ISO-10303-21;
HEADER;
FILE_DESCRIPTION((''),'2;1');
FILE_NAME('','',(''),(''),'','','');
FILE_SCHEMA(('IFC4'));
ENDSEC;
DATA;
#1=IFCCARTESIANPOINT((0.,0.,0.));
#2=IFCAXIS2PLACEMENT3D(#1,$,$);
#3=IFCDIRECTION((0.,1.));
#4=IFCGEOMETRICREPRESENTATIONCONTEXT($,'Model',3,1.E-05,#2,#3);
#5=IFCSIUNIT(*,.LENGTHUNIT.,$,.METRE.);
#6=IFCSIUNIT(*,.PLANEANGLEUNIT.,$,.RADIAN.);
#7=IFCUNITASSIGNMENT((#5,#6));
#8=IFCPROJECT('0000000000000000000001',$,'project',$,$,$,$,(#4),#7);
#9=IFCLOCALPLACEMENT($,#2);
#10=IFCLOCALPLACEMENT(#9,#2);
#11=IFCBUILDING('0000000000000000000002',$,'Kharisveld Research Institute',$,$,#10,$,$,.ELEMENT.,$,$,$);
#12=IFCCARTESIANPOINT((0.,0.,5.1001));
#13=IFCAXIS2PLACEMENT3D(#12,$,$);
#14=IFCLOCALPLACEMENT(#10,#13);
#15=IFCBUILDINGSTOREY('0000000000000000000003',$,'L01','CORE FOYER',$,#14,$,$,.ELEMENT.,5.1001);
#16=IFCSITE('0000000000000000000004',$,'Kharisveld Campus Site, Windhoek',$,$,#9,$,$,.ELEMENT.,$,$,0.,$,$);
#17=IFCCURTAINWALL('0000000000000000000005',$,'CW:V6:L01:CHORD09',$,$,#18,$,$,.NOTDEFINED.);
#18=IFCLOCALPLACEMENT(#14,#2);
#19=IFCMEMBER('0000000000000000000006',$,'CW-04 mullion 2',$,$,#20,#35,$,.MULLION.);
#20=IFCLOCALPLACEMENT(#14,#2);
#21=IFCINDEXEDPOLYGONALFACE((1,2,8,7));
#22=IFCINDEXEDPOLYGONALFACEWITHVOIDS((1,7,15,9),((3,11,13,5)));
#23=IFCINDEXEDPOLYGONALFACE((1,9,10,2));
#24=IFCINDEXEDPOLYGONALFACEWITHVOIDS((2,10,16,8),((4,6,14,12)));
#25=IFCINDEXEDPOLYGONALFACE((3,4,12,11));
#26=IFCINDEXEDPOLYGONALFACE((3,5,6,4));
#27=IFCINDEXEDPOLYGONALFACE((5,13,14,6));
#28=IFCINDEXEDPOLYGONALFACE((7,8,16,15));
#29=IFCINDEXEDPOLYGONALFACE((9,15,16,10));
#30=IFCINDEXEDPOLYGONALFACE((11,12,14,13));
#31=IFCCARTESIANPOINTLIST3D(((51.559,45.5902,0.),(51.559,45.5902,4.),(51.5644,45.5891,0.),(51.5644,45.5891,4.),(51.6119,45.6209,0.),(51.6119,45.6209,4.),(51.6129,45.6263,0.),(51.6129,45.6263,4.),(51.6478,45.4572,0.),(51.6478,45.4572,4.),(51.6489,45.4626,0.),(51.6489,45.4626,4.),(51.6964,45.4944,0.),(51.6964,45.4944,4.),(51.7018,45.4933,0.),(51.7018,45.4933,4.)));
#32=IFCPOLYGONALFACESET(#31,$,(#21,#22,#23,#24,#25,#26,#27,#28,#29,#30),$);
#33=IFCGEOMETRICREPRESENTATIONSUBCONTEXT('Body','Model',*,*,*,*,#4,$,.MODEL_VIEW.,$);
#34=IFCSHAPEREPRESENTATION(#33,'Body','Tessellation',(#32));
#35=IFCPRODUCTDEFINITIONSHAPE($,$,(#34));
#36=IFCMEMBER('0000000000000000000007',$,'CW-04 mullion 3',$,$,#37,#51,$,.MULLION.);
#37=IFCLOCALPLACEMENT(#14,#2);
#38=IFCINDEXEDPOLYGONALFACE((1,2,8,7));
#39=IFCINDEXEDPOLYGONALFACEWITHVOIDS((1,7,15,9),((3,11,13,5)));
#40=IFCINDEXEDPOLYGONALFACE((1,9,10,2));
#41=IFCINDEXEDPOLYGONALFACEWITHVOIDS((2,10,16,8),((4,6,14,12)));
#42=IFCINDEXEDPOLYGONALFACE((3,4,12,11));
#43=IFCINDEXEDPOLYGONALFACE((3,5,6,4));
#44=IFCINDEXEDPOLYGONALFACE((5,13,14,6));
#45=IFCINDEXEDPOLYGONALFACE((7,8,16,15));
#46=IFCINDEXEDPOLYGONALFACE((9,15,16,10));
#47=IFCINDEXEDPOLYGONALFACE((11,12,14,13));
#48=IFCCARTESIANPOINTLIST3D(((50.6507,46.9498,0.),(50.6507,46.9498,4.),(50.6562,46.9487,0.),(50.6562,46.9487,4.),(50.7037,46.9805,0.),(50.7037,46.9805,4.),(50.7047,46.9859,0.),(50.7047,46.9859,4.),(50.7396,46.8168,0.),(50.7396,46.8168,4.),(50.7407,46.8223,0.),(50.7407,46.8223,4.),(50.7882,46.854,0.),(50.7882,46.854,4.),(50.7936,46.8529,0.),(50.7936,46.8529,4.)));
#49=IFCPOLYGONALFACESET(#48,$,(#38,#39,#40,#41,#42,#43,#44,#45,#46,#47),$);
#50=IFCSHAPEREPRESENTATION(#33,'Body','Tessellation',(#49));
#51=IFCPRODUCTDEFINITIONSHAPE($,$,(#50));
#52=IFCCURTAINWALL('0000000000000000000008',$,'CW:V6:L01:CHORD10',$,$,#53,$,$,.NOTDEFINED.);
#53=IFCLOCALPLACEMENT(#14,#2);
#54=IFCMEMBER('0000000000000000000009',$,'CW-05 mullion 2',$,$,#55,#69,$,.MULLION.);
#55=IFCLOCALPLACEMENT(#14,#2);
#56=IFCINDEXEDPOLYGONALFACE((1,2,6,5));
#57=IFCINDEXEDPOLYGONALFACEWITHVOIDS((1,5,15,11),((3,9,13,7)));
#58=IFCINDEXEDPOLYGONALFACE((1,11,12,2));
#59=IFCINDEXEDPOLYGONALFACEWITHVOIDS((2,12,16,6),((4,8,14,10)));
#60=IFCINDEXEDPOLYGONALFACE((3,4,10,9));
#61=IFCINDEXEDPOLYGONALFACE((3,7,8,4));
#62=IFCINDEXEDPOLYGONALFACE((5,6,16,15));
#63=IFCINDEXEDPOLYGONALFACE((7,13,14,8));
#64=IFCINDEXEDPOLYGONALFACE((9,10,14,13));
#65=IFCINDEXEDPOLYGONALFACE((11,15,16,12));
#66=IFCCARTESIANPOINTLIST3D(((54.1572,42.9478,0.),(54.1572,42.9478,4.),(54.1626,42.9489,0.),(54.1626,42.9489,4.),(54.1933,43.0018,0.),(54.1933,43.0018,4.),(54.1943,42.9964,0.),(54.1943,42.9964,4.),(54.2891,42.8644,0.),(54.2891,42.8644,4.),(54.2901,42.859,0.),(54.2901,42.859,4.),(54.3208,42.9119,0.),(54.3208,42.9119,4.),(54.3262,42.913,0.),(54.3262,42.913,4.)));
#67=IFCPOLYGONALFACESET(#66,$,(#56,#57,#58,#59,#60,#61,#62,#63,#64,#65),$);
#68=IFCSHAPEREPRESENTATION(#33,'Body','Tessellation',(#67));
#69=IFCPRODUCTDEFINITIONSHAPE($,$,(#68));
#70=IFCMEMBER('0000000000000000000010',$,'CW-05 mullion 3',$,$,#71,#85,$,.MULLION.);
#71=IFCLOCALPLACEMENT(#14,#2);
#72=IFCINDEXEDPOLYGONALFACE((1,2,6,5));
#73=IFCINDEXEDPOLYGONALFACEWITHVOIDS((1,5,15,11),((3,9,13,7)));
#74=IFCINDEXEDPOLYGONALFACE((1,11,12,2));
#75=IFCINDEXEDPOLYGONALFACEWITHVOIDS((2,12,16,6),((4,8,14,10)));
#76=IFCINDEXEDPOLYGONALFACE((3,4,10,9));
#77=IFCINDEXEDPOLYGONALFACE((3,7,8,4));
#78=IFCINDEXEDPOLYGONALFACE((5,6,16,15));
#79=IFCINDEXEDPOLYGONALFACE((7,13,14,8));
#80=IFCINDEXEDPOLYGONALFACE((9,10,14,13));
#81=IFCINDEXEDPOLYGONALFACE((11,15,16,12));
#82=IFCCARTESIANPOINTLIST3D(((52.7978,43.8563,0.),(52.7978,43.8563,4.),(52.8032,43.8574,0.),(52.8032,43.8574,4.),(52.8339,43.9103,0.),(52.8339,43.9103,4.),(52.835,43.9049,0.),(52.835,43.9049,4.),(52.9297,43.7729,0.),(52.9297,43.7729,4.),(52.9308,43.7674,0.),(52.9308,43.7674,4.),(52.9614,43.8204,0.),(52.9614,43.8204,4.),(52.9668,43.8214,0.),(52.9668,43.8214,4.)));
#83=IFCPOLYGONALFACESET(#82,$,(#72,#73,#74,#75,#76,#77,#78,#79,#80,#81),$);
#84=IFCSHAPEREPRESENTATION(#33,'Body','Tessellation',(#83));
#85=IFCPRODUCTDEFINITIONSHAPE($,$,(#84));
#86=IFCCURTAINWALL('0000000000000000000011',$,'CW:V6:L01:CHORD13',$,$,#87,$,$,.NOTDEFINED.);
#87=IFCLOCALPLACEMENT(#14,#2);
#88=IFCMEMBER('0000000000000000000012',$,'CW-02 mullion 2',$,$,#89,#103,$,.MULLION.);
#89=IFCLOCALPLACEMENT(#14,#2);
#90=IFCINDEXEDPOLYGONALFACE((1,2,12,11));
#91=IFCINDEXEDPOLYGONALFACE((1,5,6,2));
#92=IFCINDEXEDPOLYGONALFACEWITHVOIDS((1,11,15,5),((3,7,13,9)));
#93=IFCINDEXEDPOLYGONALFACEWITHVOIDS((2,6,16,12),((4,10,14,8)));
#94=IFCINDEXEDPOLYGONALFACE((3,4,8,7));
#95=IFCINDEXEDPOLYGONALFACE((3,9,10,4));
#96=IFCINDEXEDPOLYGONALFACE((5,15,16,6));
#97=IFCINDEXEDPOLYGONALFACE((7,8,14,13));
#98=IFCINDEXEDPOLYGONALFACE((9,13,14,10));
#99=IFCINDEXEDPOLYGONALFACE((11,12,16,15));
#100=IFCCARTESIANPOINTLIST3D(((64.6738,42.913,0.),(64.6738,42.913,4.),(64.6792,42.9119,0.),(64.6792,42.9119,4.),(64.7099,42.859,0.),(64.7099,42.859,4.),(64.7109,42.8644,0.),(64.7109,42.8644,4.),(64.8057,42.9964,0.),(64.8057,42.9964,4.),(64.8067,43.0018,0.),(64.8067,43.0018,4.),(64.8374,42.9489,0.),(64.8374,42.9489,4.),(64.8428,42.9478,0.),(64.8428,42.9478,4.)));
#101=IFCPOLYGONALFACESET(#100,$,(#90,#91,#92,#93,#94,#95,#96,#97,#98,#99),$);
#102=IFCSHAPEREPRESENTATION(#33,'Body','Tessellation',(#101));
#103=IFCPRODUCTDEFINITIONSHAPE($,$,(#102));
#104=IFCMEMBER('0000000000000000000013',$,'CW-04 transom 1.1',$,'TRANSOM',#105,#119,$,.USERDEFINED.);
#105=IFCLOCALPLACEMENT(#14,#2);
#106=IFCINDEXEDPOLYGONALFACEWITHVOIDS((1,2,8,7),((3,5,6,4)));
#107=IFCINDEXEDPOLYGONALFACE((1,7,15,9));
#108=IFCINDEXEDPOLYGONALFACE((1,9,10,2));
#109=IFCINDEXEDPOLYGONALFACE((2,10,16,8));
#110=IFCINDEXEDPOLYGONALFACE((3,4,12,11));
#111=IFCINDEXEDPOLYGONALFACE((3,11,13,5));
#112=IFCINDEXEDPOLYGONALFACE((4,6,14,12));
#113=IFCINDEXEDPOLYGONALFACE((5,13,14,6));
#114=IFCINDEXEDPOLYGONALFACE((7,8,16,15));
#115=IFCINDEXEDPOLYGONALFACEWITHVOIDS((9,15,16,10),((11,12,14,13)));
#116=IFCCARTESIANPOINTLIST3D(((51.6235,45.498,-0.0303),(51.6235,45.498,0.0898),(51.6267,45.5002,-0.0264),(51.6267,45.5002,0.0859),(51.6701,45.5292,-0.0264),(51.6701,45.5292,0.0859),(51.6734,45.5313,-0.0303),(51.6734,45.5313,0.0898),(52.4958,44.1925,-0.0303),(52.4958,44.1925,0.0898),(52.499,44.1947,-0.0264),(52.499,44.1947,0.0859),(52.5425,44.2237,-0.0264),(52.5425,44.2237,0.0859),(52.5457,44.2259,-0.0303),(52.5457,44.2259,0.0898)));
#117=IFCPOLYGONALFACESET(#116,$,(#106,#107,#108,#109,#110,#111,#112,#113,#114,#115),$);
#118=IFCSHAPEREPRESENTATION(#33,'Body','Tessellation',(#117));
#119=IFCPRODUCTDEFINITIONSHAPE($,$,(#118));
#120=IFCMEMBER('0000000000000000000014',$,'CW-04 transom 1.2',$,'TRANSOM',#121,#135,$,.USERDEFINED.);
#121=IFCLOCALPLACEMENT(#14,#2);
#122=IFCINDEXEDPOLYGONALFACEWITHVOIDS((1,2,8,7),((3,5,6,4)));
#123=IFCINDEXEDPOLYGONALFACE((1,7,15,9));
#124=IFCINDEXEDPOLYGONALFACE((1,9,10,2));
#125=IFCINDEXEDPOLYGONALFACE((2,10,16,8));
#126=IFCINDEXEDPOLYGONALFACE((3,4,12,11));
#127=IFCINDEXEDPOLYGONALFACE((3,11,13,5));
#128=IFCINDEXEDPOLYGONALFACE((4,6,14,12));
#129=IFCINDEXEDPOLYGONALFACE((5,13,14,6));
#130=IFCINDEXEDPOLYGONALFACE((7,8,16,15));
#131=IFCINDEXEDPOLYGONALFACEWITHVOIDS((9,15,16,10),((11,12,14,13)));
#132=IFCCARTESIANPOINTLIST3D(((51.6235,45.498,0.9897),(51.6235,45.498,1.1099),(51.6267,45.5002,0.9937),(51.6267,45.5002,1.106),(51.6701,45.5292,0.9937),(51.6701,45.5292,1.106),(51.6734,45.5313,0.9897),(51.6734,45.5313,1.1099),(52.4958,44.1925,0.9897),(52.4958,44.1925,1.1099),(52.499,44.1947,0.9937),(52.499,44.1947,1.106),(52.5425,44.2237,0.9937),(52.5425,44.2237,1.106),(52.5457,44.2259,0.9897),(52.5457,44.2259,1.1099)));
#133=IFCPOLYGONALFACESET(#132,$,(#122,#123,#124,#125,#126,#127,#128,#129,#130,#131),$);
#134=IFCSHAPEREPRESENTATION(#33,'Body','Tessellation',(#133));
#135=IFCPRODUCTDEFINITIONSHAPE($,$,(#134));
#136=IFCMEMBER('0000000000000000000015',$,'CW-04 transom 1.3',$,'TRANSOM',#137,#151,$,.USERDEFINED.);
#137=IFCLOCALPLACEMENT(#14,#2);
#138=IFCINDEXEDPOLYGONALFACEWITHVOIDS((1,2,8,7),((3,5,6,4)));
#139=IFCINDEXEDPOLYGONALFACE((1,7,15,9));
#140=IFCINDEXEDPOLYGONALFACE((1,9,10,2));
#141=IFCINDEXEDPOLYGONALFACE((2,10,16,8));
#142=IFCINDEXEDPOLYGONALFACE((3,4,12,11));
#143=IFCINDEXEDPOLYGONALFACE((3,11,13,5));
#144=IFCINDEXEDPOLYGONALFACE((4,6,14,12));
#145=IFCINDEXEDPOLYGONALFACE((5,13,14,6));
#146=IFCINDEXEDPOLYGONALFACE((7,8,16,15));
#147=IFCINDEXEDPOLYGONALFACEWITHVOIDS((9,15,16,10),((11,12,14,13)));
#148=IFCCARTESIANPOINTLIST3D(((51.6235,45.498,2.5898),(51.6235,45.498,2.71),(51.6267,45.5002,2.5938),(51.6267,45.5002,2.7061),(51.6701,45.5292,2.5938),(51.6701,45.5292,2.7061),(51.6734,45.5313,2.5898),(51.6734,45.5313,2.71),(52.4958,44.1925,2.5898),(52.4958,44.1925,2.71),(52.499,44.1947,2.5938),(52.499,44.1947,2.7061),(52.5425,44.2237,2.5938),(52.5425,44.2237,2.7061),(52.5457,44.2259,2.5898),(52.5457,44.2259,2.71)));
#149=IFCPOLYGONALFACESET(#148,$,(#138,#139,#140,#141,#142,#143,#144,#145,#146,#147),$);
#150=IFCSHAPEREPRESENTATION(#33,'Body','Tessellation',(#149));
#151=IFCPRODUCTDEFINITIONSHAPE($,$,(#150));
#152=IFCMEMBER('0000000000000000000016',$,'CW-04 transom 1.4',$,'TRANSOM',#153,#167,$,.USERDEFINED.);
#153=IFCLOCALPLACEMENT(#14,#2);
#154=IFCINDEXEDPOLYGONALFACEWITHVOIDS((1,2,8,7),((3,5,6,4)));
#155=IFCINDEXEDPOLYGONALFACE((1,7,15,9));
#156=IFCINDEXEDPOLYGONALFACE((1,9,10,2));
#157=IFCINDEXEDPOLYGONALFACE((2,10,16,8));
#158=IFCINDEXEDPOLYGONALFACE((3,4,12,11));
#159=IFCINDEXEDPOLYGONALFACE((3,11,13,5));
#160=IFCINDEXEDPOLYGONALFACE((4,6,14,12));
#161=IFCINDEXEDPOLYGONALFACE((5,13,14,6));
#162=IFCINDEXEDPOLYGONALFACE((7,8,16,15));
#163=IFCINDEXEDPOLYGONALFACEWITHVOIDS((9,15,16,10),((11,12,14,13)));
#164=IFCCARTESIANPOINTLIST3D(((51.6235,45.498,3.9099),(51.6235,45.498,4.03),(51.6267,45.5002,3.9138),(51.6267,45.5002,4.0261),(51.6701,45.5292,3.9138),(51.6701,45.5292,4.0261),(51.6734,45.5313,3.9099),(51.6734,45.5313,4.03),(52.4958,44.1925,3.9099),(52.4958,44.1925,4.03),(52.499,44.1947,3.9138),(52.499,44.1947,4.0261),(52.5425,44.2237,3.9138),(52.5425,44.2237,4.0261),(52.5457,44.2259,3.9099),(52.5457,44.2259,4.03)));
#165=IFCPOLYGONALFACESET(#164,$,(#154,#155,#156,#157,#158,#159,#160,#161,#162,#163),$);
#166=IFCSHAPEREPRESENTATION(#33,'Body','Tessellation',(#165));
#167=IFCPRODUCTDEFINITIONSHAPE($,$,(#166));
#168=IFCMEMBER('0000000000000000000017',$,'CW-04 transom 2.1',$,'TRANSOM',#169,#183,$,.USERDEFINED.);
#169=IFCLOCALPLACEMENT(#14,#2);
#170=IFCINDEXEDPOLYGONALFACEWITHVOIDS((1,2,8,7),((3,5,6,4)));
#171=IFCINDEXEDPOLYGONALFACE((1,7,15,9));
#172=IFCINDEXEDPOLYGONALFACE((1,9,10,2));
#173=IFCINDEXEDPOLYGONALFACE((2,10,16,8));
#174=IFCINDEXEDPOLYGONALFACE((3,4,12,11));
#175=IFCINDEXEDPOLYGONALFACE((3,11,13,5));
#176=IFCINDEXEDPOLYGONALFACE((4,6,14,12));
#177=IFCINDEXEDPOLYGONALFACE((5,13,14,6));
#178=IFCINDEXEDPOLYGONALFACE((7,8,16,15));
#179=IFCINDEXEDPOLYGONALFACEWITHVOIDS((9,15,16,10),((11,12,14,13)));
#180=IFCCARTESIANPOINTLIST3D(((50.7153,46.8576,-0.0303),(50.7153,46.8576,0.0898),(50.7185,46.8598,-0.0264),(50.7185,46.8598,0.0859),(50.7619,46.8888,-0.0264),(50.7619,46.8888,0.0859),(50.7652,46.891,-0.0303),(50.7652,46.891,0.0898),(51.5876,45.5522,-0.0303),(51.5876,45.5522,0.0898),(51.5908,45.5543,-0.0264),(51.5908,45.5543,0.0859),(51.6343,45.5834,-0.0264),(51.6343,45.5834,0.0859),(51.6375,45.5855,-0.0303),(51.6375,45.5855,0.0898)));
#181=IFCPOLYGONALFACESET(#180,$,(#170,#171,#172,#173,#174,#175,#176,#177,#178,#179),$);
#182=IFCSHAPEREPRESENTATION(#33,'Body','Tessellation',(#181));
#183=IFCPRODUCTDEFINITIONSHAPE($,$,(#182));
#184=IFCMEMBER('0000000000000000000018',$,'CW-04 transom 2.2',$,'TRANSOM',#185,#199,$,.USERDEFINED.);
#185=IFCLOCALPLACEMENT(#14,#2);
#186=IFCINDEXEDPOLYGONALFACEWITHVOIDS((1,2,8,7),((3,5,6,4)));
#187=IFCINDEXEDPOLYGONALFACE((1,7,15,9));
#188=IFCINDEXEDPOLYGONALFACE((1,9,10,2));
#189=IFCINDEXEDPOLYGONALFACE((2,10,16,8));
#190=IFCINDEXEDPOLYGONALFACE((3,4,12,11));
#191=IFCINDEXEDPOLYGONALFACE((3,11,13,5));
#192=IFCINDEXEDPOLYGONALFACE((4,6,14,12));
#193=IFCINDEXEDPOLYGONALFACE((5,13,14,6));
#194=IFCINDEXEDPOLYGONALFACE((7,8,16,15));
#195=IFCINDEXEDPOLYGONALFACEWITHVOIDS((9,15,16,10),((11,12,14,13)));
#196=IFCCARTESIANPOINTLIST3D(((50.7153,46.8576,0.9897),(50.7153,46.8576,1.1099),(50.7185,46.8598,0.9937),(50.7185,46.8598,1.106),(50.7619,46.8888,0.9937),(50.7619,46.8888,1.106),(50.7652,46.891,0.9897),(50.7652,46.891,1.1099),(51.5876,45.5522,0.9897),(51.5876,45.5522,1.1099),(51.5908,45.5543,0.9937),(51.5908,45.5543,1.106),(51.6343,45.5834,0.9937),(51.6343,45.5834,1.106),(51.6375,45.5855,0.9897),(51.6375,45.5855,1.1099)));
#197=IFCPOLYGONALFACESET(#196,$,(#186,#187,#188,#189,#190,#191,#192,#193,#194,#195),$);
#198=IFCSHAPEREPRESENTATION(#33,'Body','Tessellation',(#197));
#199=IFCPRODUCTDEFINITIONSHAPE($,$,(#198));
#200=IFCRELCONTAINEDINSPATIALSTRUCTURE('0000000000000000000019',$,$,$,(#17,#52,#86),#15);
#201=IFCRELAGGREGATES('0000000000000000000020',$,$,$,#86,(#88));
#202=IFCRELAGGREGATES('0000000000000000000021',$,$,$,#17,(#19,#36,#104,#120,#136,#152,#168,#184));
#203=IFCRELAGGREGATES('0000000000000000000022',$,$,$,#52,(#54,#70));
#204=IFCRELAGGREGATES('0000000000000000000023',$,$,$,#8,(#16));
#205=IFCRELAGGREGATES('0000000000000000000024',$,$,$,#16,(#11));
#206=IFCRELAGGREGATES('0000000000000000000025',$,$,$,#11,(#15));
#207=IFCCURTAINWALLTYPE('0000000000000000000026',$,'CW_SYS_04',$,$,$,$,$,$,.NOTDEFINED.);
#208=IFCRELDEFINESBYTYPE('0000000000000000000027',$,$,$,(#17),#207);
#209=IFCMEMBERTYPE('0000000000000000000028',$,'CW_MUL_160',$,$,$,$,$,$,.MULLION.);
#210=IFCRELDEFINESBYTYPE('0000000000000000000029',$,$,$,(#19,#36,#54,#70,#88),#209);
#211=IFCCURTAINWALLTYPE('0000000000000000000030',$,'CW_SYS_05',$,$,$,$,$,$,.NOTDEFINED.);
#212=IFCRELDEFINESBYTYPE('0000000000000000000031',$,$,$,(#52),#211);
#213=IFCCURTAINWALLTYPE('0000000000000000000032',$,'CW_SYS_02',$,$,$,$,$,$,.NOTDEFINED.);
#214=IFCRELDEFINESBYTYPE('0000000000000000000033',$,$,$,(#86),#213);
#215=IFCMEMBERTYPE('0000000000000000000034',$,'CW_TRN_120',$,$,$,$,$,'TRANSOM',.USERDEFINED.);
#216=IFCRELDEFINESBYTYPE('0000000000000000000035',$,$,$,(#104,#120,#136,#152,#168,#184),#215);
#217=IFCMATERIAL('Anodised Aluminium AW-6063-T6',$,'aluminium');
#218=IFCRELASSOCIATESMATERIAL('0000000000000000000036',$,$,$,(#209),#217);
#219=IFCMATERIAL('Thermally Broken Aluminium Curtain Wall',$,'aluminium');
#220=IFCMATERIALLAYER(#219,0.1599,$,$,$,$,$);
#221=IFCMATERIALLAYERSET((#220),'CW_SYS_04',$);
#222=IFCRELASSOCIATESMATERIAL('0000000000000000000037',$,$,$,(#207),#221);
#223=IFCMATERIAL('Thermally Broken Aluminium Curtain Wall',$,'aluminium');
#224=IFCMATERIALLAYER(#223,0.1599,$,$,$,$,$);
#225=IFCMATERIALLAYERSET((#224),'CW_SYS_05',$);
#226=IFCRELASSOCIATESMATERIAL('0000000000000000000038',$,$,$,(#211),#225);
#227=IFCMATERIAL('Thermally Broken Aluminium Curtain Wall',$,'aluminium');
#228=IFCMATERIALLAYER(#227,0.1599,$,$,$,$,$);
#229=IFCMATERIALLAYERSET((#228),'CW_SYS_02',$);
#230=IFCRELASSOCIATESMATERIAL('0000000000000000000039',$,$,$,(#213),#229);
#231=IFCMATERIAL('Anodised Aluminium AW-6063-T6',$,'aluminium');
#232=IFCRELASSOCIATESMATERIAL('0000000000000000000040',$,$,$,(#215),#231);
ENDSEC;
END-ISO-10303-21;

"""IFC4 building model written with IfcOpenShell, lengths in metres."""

from ifc_helpers import new_model, si_unit, direction, frame, origin, origin_2d, place, context, subcontext, project, spatial, hollow_rectangle, extrude, material, layer, layer_set, material_profile, profile_set, type_object, element, aggregate, save


model = new_model("IFC4")

# Units and contexts
model_context = context("Model", 3, precision=1e-05, world=origin(), true_north=direction((0.0, 1.0)))
body_context = subcontext(model_context, "Body", "Model", "MODEL_VIEW")
ifc_project = project(units=[si_unit("LENGTHUNIT", "METRE"), si_unit("PLANEANGLEUNIT", "RADIAN")], contexts=[model_context])

# Site, building, storey
site_placement = place(None, origin())
site = spatial("IfcSite", under=ifc_project, at=site_placement, Name="Kharisveld Campus Site, Windhoek", CompositionType="ELEMENT", RefElevation=0.0)
building_placement = place(site_placement, origin())
building = spatial("IfcBuilding", under=site, at=building_placement, Name="Kharisveld Research Institute", CompositionType="ELEMENT")
storey_placement = place(building_placement, frame((0.0, 0.0, 5.1001)))
storey = spatial("IfcBuildingStorey", under=building, at=storey_placement, Name="L01", Description="CORE FOYER", CompositionType="ELEMENT", Elevation=5.1001)

# Shared definitions
ifc_material_1 = material(Name="Anodised Aluminium AW-6063-T6", Category="aluminium")
ifc_material_profile_1 = material_profile(ifc_material_1, hollow_rectangle(XDim=0.0649, YDim=0.1599, WallThickness=0.0039, at=origin_2d()))
ifc_profile_set_1 = profile_set([ifc_material_profile_1], Name="Anodised Aluminium AW-6063-T6")
member_type_1 = type_object("IfcMemberType", Name="CW_MUL_160", PredefinedType="MULLION", material=ifc_profile_set_1)

# Curtain walls, members
ifc_material_2 = material(Name="Thermally Broken Aluminium Curtain Wall", Category="aluminium")
ifc_layer_1 = layer(ifc_material_2, 0.1599)
ifc_layer_set_1 = layer_set([ifc_layer_1], Name="CW_SYS_04")
curtain_wall_type_1 = type_object("IfcCurtainWallType", Name="CW_SYS_04", PredefinedType="NOTDEFINED", material=ifc_layer_set_1)
curtain_wall_1_placement = place(storey_placement, origin())
curtain_wall_1 = element("IfcCurtainWall", 1, at=curtain_wall_1_placement, inside=storey, type_object=curtain_wall_type_1, Name="CW:V6:L01:CHORD09", PredefinedType="NOTDEFINED")
member_1_placement = place(storey_placement, frame((51.6304, 45.5417, 0.0), z_axis=(0.0, 0.0, 1.0), x_axis=(-0.83147, -0.55557, 0.0)))
member_1 = element("IfcMember", 2, at=member_1_placement, type_object=member_type_1, Name="CW-04 mullion 2", PredefinedType="MULLION", context=body_context, shape_type="SweptSolid", body=[
    extrude(hollow_rectangle(XDim=0.0649, YDim=0.1599, WallThickness=0.0039, at=origin_2d()), origin(), (0.0, 0.0, 1.0), 4.0),
])
member_2_placement = place(storey_placement, frame((50.7222, 46.9014, 0.0), z_axis=(0.0, 0.0, 1.0), x_axis=(-0.83147, -0.55557, 0.0)))
member_2 = element("IfcMember", 3, at=member_2_placement, type_object=member_type_1, Name="CW-04 mullion 3", PredefinedType="MULLION", context=body_context, shape_type="SweptSolid", body=[
    extrude(hollow_rectangle(XDim=0.0649, YDim=0.1599, WallThickness=0.0039, at=origin_2d()), origin(), (0.0, 0.0, 1.0), 4.0),
])
ifc_material_3 = material(Name="Thermally Broken Aluminium Curtain Wall", Category="aluminium")
ifc_layer_2 = layer(ifc_material_3, 0.1599)
ifc_layer_set_2 = layer_set([ifc_layer_2], Name="CW_SYS_05")
curtain_wall_type_2 = type_object("IfcCurtainWallType", Name="CW_SYS_05", PredefinedType="NOTDEFINED", material=ifc_layer_set_2)
curtain_wall_2_placement = place(storey_placement, origin())
curtain_wall_2 = element("IfcCurtainWall", 4, at=curtain_wall_2_placement, inside=storey, type_object=curtain_wall_type_2, Name="CW:V6:L01:CHORD10", PredefinedType="NOTDEFINED")
member_3_placement = place(storey_placement, frame((54.2417, 42.9304, 0.0), z_axis=(0.0, 0.0, 1.0), x_axis=(-0.55557, -0.83147, 0.0)))
member_3 = element("IfcMember", 5, at=member_3_placement, type_object=member_type_1, Name="CW-05 mullion 2", PredefinedType="MULLION", context=body_context, shape_type="SweptSolid", body=[
    extrude(hollow_rectangle(XDim=0.0649, YDim=0.1599, WallThickness=0.0039, at=origin_2d()), origin(), (0.0, 0.0, 1.0), 4.0),
])
member_4_placement = place(storey_placement, frame((52.8823, 43.8389, 0.0), z_axis=(0.0, 0.0, 1.0), x_axis=(-0.55557, -0.83147, 0.0)))
member_4 = element("IfcMember", 6, at=member_4_placement, type_object=member_type_1, Name="CW-05 mullion 3", PredefinedType="MULLION", context=body_context, shape_type="SweptSolid", body=[
    extrude(hollow_rectangle(XDim=0.0649, YDim=0.1599, WallThickness=0.0039, at=origin_2d()), origin(), (0.0, 0.0, 1.0), 4.0),
])

# Curtain wall, member
ifc_material_4 = material(Name="Thermally Broken Aluminium Curtain Wall", Category="aluminium")
ifc_layer_3 = layer(ifc_material_4, 0.1599)
ifc_layer_set_3 = layer_set([ifc_layer_3], Name="CW_SYS_02")
curtain_wall_type_3 = type_object("IfcCurtainWallType", Name="CW_SYS_02", PredefinedType="NOTDEFINED", material=ifc_layer_set_3)
curtain_wall_3_placement = place(storey_placement, origin())
curtain_wall_3 = element("IfcCurtainWall", 7, at=curtain_wall_3_placement, inside=storey, type_object=curtain_wall_type_3, Name="CW:V6:L01:CHORD13", PredefinedType="NOTDEFINED")
member_5_placement = place(storey_placement, frame((64.7583, 42.9304, 0.0), z_axis=(0.0, 0.0, 1.0), x_axis=(0.55557, -0.83147, 0.0)))
member_5 = element("IfcMember", 8, at=member_5_placement, type_object=member_type_1, Name="CW-02 mullion 2", PredefinedType="MULLION", context=body_context, shape_type="SweptSolid", body=[
    extrude(hollow_rectangle(XDim=0.0649, YDim=0.1599, WallThickness=0.0039, at=origin_2d()), origin(), (0.0, 0.0, 1.0), 4.0),
])

# Members
ifc_material_5 = material(Name="Anodised Aluminium AW-6063-T6", Category="aluminium")
ifc_material_profile_2 = material_profile(ifc_material_5, hollow_rectangle(XDim=0.0601, YDim=0.1201, WallThickness=0.0039, at=origin_2d()))
ifc_profile_set_2 = profile_set([ifc_material_profile_2], Name="Anodised Aluminium AW-6063-T6")
member_type_2 = type_object("IfcMemberType", Name="CW_TRN_120", ElementType="TRANSOM", PredefinedType="USERDEFINED", material=ifc_profile_set_2)
member_6_placement = place(storey_placement, frame((52.5208, 44.2092, 0.0298), z_axis=(-0.555597, 0.831452, 0.0), x_axis=(-0.831452, -0.555597, 0.0)))
member_6 = element("IfcMember", 9, at=member_6_placement, type_object=member_type_2, Name="CW-04 transom 1.1", ObjectType="TRANSOM", PredefinedType="USERDEFINED", context=body_context, shape_type="SweptSolid", body=[
    extrude(hollow_rectangle(XDim=0.0601, YDim=0.1201, WallThickness=0.0039, at=origin_2d()), origin(), (0.0, 0.0, 1.0), 1.5701),
])
member_7_placement = place(storey_placement, frame((52.5208, 44.2092, 1.0498), z_axis=(-0.555597, 0.831452, 0.0), x_axis=(-0.831452, -0.555597, 0.0)))
member_7 = element("IfcMember", 10, at=member_7_placement, type_object=member_type_2, Name="CW-04 transom 1.2", ObjectType="TRANSOM", PredefinedType="USERDEFINED", context=body_context, shape_type="SweptSolid", body=[
    extrude(hollow_rectangle(XDim=0.0601, YDim=0.1201, WallThickness=0.0039, at=origin_2d()), origin(), (0.0, 0.0, 1.0), 1.5701),
])
member_8_placement = place(storey_placement, frame((52.5208, 44.2092, 2.6499), z_axis=(-0.555597, 0.831452, 0.0), x_axis=(-0.831452, -0.555597, 0.0)))
member_8 = element("IfcMember", 11, at=member_8_placement, type_object=member_type_2, Name="CW-04 transom 1.3", ObjectType="TRANSOM", PredefinedType="USERDEFINED", context=body_context, shape_type="SweptSolid", body=[
    extrude(hollow_rectangle(XDim=0.0601, YDim=0.1201, WallThickness=0.0039, at=origin_2d()), origin(), (0.0, 0.0, 1.0), 1.5701),
])
member_9_placement = place(storey_placement, frame((52.5208, 44.2092, 3.97), z_axis=(-0.555597, 0.831452, 0.0), x_axis=(-0.831452, -0.555597, 0.0)))
member_9 = element("IfcMember", 12, at=member_9_placement, type_object=member_type_2, Name="CW-04 transom 1.4", ObjectType="TRANSOM", PredefinedType="USERDEFINED", context=body_context, shape_type="SweptSolid", body=[
    extrude(hollow_rectangle(XDim=0.0601, YDim=0.1201, WallThickness=0.0039, at=origin_2d()), origin(), (0.0, 0.0, 1.0), 1.5701),
])
member_10_placement = place(storey_placement, frame((51.6125, 45.5688, 0.0298), z_axis=(-0.555597, 0.831452, 0.0), x_axis=(-0.831452, -0.555597, 0.0)))
member_10 = element("IfcMember", 13, at=member_10_placement, type_object=member_type_2, Name="CW-04 transom 2.1", ObjectType="TRANSOM", PredefinedType="USERDEFINED", context=body_context, shape_type="SweptSolid", body=[
    extrude(hollow_rectangle(XDim=0.0601, YDim=0.1201, WallThickness=0.0039, at=origin_2d()), origin(), (0.0, 0.0, 1.0), 1.5701),
])
member_11_placement = place(storey_placement, frame((51.6125, 45.5688, 1.0498), z_axis=(-0.555597, 0.831452, 0.0), x_axis=(-0.831452, -0.555597, 0.0)))
member_11 = element("IfcMember", 14, at=member_11_placement, type_object=member_type_2, Name="CW-04 transom 2.2", ObjectType="TRANSOM", PredefinedType="USERDEFINED", context=body_context, shape_type="SweptSolid", body=[
    extrude(hollow_rectangle(XDim=0.0601, YDim=0.1201, WallThickness=0.0039, at=origin_2d()), origin(), (0.0, 0.0, 1.0), 1.5701),
])
aggregate(curtain_wall_3, [member_5])

aggregate(curtain_wall_1, [member_1, member_2, member_6, member_7, member_8, member_9, member_10, member_11])
aggregate(curtain_wall_2, [member_3, member_4])

save(model, "model.ifc")
